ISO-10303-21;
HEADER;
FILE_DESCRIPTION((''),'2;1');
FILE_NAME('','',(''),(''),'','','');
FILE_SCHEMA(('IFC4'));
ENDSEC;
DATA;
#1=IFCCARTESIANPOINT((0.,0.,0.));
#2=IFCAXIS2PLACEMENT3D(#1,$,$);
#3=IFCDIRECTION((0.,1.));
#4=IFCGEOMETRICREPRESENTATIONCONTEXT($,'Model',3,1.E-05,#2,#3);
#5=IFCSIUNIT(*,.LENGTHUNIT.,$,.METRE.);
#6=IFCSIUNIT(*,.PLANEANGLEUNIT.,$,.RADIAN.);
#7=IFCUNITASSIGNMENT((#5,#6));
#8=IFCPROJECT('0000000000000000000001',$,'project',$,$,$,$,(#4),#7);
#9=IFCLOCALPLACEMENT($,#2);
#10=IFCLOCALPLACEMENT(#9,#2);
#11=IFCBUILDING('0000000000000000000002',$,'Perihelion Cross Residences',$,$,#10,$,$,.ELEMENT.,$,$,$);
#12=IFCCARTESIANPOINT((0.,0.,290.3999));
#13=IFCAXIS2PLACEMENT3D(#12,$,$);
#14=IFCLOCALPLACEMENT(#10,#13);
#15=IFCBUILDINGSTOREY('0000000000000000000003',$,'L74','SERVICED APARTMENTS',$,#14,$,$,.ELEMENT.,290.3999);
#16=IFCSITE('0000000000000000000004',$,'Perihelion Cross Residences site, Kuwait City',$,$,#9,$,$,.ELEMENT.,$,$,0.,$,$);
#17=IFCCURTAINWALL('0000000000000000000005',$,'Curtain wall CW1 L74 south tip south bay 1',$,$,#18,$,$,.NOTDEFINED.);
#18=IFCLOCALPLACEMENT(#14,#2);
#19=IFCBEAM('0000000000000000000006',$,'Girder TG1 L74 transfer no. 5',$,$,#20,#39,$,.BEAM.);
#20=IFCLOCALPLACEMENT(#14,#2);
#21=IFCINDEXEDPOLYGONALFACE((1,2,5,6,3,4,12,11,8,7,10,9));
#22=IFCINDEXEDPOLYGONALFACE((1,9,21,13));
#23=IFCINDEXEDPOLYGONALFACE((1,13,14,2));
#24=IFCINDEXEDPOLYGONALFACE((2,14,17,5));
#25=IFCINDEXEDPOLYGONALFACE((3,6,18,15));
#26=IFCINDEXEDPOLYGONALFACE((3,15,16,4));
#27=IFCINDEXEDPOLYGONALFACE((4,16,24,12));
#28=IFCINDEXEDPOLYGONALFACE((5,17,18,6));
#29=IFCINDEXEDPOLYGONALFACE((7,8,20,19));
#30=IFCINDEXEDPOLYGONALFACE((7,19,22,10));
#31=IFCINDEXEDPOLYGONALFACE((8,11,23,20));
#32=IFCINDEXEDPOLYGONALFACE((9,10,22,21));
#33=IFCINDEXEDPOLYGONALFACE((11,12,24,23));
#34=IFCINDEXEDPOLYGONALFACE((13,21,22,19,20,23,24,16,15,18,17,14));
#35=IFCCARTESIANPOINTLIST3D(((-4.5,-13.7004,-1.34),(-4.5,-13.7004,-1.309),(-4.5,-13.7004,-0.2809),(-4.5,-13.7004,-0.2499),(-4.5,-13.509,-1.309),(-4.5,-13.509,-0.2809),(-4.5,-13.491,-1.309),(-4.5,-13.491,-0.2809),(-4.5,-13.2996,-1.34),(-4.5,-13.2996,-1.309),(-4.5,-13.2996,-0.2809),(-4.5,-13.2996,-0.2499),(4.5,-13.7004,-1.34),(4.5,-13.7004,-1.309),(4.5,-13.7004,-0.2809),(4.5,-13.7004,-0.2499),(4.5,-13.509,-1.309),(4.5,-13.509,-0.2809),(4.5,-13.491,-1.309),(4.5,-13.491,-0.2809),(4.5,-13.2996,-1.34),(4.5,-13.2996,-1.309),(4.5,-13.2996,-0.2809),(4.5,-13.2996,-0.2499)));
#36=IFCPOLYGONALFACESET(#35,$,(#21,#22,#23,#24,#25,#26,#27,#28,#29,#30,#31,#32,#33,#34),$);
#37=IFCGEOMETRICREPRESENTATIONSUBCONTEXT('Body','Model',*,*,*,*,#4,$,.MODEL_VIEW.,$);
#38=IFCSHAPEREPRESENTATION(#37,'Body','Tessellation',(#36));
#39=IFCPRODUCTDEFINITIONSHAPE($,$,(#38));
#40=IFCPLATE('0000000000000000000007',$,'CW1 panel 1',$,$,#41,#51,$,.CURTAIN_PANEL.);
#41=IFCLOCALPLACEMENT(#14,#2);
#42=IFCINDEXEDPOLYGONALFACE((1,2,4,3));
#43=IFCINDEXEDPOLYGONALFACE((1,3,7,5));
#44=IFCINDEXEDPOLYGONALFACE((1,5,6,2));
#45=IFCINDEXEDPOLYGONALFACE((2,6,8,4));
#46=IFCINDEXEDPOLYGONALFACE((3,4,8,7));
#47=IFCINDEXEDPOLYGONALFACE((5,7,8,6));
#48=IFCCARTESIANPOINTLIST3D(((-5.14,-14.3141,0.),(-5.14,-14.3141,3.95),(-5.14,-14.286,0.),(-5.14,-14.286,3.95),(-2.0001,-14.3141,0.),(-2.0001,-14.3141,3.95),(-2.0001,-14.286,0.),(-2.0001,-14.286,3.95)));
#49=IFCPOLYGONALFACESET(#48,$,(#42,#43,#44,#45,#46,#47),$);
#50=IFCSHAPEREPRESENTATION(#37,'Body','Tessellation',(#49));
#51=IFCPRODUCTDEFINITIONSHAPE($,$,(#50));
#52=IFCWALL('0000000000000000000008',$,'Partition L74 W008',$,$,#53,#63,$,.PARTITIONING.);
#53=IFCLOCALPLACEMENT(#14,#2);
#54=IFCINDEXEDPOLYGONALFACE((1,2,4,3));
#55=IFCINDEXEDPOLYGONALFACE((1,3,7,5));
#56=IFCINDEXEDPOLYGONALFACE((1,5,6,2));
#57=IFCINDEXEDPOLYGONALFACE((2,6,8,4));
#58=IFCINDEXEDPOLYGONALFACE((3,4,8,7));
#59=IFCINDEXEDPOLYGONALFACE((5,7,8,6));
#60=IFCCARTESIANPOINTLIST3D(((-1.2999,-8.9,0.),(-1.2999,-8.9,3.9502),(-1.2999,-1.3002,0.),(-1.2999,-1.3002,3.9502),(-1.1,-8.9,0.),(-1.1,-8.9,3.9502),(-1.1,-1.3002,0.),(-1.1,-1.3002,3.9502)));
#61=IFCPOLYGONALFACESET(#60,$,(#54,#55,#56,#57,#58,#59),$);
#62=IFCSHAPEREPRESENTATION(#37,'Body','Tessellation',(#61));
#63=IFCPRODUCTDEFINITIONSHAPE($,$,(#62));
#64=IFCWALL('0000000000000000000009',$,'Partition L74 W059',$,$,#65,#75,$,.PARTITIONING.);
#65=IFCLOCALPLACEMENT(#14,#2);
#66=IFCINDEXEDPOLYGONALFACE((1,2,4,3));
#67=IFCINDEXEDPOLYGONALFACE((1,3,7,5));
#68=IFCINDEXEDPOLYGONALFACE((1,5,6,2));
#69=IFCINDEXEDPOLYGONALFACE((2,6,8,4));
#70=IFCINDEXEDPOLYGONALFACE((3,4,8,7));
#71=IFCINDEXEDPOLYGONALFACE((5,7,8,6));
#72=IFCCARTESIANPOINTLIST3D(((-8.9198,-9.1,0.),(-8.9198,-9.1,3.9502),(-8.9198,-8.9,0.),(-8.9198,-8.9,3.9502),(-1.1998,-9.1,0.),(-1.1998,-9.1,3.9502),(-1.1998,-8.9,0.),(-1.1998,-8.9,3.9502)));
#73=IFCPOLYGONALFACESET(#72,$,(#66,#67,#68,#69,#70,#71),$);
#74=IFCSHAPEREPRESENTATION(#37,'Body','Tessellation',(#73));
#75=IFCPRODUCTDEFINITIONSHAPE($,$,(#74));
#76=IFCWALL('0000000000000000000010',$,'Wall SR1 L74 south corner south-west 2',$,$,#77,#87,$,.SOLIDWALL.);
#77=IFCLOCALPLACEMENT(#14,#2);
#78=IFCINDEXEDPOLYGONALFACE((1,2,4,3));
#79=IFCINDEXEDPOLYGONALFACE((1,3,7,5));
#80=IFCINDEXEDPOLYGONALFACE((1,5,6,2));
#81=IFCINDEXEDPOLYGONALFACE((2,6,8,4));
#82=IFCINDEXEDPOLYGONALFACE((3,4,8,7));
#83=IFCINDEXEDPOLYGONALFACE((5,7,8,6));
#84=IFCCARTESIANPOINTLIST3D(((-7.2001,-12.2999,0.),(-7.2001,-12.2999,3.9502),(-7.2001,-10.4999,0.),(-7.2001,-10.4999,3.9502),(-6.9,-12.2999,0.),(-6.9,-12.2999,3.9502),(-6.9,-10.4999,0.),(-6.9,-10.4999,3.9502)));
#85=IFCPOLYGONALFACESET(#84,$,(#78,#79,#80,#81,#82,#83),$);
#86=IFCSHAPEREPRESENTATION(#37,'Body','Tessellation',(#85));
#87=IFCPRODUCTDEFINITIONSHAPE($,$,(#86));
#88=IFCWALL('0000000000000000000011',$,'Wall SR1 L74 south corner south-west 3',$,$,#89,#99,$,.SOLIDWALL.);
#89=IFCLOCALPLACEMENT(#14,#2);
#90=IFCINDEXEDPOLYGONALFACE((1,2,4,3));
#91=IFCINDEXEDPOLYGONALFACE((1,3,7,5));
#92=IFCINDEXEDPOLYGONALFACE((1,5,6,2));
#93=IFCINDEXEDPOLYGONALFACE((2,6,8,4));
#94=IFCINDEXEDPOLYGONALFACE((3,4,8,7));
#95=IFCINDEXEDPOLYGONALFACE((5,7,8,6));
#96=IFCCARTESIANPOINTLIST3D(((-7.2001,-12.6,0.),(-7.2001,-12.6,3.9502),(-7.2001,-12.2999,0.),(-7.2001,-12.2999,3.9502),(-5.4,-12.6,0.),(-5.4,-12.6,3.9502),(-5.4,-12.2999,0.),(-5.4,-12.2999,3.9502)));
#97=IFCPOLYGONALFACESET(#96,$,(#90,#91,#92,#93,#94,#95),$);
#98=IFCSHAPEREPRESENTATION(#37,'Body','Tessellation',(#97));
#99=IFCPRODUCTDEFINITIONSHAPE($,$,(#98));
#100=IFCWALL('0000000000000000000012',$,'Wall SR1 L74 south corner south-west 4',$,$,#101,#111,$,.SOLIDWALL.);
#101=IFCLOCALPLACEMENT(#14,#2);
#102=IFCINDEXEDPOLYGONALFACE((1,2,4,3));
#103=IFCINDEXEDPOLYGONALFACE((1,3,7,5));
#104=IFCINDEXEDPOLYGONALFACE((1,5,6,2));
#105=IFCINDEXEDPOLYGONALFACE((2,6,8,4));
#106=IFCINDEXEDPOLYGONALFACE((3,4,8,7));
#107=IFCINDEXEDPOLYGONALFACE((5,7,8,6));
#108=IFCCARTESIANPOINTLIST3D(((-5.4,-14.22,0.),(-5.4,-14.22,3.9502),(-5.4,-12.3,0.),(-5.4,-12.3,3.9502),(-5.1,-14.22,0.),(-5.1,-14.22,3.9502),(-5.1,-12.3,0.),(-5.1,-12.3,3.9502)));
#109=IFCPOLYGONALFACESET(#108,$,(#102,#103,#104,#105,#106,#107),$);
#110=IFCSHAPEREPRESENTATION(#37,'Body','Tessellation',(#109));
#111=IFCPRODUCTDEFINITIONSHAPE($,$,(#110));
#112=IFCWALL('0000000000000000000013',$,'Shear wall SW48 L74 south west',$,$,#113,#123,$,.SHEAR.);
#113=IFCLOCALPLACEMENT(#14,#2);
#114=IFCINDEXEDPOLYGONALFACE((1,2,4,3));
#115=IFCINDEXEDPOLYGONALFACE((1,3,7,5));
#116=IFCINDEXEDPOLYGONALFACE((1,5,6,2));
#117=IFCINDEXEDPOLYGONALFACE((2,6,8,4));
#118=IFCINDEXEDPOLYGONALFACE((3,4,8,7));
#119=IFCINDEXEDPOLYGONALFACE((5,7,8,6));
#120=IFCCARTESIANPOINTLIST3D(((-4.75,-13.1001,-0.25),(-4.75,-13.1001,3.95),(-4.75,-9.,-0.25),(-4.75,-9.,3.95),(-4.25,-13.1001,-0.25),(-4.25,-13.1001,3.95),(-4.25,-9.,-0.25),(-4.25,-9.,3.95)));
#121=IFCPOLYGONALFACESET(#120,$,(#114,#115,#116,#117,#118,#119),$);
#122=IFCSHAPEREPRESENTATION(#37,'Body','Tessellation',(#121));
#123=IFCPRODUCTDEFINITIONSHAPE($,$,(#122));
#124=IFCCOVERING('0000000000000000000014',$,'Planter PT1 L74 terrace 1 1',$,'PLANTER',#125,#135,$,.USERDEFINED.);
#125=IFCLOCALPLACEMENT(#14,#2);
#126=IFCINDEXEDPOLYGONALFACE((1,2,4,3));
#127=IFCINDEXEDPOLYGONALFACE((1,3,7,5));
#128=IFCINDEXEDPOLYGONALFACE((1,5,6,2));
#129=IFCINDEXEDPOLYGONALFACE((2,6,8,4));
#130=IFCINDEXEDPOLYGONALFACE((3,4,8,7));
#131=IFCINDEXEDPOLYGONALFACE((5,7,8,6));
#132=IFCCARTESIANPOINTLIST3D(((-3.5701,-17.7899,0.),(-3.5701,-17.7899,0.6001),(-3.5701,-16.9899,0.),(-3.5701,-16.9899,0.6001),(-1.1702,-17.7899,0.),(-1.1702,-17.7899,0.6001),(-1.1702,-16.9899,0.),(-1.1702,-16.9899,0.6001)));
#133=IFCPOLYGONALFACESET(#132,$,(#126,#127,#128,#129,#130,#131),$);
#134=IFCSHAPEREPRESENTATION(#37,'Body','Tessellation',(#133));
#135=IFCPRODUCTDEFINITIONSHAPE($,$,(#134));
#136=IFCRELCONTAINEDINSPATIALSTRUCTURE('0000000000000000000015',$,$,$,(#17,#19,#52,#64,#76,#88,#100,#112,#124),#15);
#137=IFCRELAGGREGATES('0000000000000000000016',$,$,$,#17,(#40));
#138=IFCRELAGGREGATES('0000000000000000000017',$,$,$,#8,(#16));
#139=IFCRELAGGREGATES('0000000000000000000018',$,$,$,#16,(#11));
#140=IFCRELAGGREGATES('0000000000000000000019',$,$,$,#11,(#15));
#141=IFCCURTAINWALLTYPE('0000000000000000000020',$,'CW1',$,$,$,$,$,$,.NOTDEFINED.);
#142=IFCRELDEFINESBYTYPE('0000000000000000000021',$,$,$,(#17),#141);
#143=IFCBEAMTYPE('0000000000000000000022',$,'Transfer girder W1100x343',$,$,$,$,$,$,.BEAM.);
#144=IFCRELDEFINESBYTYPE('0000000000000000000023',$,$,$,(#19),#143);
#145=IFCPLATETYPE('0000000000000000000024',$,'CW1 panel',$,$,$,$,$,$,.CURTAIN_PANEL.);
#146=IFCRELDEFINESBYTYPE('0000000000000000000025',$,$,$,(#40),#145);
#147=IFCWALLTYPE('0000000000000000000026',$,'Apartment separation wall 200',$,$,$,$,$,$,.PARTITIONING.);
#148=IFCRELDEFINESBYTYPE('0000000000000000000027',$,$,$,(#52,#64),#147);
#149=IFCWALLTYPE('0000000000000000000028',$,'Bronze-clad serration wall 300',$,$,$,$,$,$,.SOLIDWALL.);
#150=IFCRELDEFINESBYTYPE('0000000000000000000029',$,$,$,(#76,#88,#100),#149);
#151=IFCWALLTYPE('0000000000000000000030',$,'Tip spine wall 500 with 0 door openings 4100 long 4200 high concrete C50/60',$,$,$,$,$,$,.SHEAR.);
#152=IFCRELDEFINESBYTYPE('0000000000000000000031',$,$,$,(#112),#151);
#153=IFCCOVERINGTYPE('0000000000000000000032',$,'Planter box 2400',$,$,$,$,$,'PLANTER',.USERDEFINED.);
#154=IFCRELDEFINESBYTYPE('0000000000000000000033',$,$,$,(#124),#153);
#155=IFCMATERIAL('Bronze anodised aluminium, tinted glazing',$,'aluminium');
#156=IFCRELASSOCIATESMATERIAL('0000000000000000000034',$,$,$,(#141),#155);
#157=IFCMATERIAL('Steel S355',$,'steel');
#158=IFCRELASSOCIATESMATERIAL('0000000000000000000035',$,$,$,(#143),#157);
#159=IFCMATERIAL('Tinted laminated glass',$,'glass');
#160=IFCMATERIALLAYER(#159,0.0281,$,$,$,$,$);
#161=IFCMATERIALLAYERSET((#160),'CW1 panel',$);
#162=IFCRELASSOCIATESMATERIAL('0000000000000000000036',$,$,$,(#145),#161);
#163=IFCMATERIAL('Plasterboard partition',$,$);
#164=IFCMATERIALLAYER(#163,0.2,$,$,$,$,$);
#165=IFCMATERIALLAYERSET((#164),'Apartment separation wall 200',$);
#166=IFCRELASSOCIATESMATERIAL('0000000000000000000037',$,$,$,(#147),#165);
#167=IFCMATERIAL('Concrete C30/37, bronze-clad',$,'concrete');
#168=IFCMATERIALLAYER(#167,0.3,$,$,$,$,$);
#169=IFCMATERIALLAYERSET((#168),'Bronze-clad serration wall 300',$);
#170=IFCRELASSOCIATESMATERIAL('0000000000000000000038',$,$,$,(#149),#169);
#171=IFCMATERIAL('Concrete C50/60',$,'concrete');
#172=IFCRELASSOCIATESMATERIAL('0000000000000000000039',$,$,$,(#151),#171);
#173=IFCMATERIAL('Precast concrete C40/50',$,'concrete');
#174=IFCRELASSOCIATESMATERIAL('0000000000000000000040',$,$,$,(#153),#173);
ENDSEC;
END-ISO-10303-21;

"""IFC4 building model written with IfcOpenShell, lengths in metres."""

from ifc_helpers import new_model, si_unit, direction, frame, frame_2d, origin, origin_2d, place, context, subcontext, project, spatial, polyline, rectangle, i_section, outline, extrude, material, layer, layer_set, material_profile, profile_set, type_object, element, aggregate, save


model = new_model("IFC4")

# Units and contexts
model_context = context("Model", 3, precision=1e-05, world=origin(), true_north=direction((0.0, 1.0)))
body_context = subcontext(model_context, "Body", "Model", "MODEL_VIEW")
ifc_project = project(units=[si_unit("LENGTHUNIT", "METRE"), si_unit("PLANEANGLEUNIT", "RADIAN")], contexts=[model_context])

# Site, building, storey
site_placement = place(None, origin())
site = spatial("IfcSite", under=ifc_project, at=site_placement, Name="Perihelion Cross Residences site, Kuwait City", CompositionType="ELEMENT", RefElevation=0.0)
building_placement = place(site_placement, origin())
building = spatial("IfcBuilding", under=site, at=building_placement, Name="Perihelion Cross Residences", CompositionType="ELEMENT")
storey_placement = place(building_placement, frame((0.0, 0.0, 290.3999)))
storey = spatial("IfcBuildingStorey", under=building, at=storey_placement, Name="L74", Description="SERVICED APARTMENTS", CompositionType="ELEMENT", Elevation=290.3999)

# Curtain wall
ifc_material_1 = material(Name="Bronze anodised aluminium, tinted glazing", Category="aluminium")
curtain_wall_type = type_object("IfcCurtainWallType", Name="CW1", PredefinedType="NOTDEFINED", material=ifc_material_1)
curtain_wall_placement = place(storey_placement, origin())
curtain_wall = element("IfcCurtainWall", 1, at=curtain_wall_placement, inside=storey, type_object=curtain_wall_type, Name="Curtain wall CW1 L74 south tip south bay 1", PredefinedType="NOTDEFINED")

# Beam
ifc_material_2 = material(Name="Steel S355", Category="steel")
ifc_material_profile_1 = material_profile(ifc_material_2, i_section(OverallWidth=0.4009, OverallDepth=1.0901, WebThickness=0.0181, FlangeThickness=0.031, at=origin_2d()), Name="W1100x343")
ifc_profile_set_1 = profile_set([ifc_material_profile_1], Name="Steel S355")
beam_type_1 = type_object("IfcBeamType", Name="Transfer girder W1100x343", PredefinedType="BEAM", material=ifc_profile_set_1)
beam_1_placement = place(storey_placement, frame((-4.5, -13.5, -0.7949), z_axis=(1.0, 0.0, 0.0), x_axis=(0.0, 1.0, 0.0)))
element("IfcBeam", 2, at=beam_1_placement, inside=storey, type_object=beam_type_1, Name="Girder TG1 L74 transfer no. 5", PredefinedType="BEAM", context=body_context, shape_type="SweptSolid", body=[
    extrude(i_section(OverallWidth=0.4009, OverallDepth=1.0901, WebThickness=0.0181, FlangeThickness=0.031, at=origin_2d()), origin(), (0.0, 0.0, 1.0), 9.0),
])

# Plate
ifc_material_3 = material(Name="Tinted laminated glass", Category="glass")
ifc_layer_1 = layer(ifc_material_3, 0.0281)
ifc_layer_set_1 = layer_set([ifc_layer_1], Name="CW1 panel")
plate_type = type_object("IfcPlateType", Name="CW1 panel", PredefinedType="CURTAIN_PANEL", material=ifc_layer_set_1)
plate_placement = place(storey_placement, frame((-3.5701, -14.3, 0.0), z_axis=(0.0, 0.0, 1.0), x_axis=(1.0, 0.0, 0.0)))
plate = element("IfcPlate", 3, at=plate_placement, type_object=plate_type, Name="CW1 panel 1", PredefinedType="CURTAIN_PANEL", context=body_context, shape_type="SweptSolid", body=[
    extrude(rectangle(XDim=3.1399, YDim=0.0281, at=origin_2d()), origin(), (0.0, 0.0, 1.0), 3.95),
])
aggregate(curtain_wall, [plate])

# Walls
ifc_material_4 = material(Name="Plasterboard partition")
ifc_layer_2 = layer(ifc_material_4, 0.2)
ifc_layer_set_2 = layer_set([ifc_layer_2], Name="Apartment separation wall 200")
wall_type_1 = type_object("IfcWallType", Name="Apartment separation wall 200", PredefinedType="PARTITIONING", material=ifc_layer_set_2)
wall_1_placement = place(storey_placement, frame((-1.2, -8.8999, 0.0), z_axis=(0.0, 0.0, 1.0), x_axis=(0.0, 1.0, 0.0)))
element("IfcWall", 4, at=wall_1_placement, inside=storey, type_object=wall_type_1, Name="Partition L74 W008", PredefinedType="PARTITIONING", context=body_context, shape_type="SweptSolid", body=[
    extrude(rectangle(XDim=7.5999, YDim=0.2, at=frame_2d((3.7998, 0.0))), origin(), (0.0, 0.0, 1.0), 3.9502),
])
wall_2_placement = place(storey_placement, frame((-1.2, -9.0, 0.0), z_axis=(0.0, 0.0, 1.0), x_axis=(-1.0, 0.0, 0.0)))
element("IfcWall", 5, at=wall_2_placement, inside=storey, type_object=wall_type_1, Name="Partition L74 W059", PredefinedType="PARTITIONING", context=body_context, shape_type="SweptSolid", body=[
    extrude(rectangle(XDim=7.72, YDim=0.2, at=frame_2d((3.8599, 0.0))), origin(), (0.0, 0.0, 1.0), 3.9502),
])

# Walls
ifc_material_5 = material(Name="Concrete C30/37, bronze-clad", Category="concrete")
ifc_layer_3 = layer(ifc_material_5, 0.3)
ifc_layer_set_3 = layer_set([ifc_layer_3], Name="Bronze-clad serration wall 300")
wall_type_2 = type_object("IfcWallType", Name="Bronze-clad serration wall 300", PredefinedType="SOLIDWALL", material=ifc_layer_set_3)
for number, where, z_axis, x_axis, name in (
    (6, (-7.05, -10.5, 0.0), (0.0, 0.0, 1.0), (0.0, -1.0, 0.0), "Wall SR1 L74 south corner south-west 2"),
    (7, (-7.2, -12.45, 0.0), (0.0, 0.0, 1.0), (1.0, 0.0, 0.0), "Wall SR1 L74 south corner south-west 3"),
):
    element("IfcWall", number, at=place(storey_placement, frame(where, z_axis=z_axis, x_axis=x_axis)), inside=storey, type_object=wall_type_2, Name=name, PredefinedType="SOLIDWALL", context=body_context, shape_type="SweptSolid", body=[
        extrude(rectangle(XDim=1.8, YDim=0.3, at=frame_2d((0.8999, 0.0))), origin(), (0.0, 0.0, 1.0), 3.9502),
    ])
wall_3_placement = place(storey_placement, frame((-5.25, -12.3, 0.0), z_axis=(0.0, 0.0, 1.0), x_axis=(0.0, -1.0, 0.0)))
element("IfcWall", 8, at=wall_3_placement, inside=storey, type_object=wall_type_2, Name="Wall SR1 L74 south corner south-west 4", PredefinedType="SOLIDWALL", context=body_context, shape_type="SweptSolid", body=[
    extrude(rectangle(XDim=1.9199, YDim=0.3, at=frame_2d((0.96, 0.0))), origin(), (0.0, 0.0, 1.0), 3.9502),
])
ifc_material_6 = material(Name="Concrete C50/60", Category="concrete")
ifc_material_profile_2 = material_profile(ifc_material_6, outline(polyline([(0.0, 0.0), (4.1001, 0.0), (4.1001, 4.2), (0.0, 4.2), (0.0, 0.0)])), Name="Tip spine wall")
ifc_profile_set_2 = profile_set([ifc_material_profile_2], Name="Concrete C50/60")
wall_type_3 = type_object("IfcWallType", Name="Tip spine wall 500 with 0 door openings 4100 long 4200 high concrete C50/60", PredefinedType="SHEAR", material=ifc_profile_set_2)
wall_4_placement = place(storey_placement, frame((-4.75, -13.1001, -0.25), z_axis=(1.0, 0.0, 0.0), x_axis=(0.0, 1.0, 0.0)))
element("IfcWall", 9, at=wall_4_placement, inside=storey, type_object=wall_type_3, Name="Shear wall SW48 L74 south west", PredefinedType="SHEAR", context=body_context, shape_type="SweptSolid", body=[
    extrude(outline(polyline([(0.0, 0.0), (4.1001, 0.0), (4.1001, 4.2), (0.0, 4.2), (0.0, 0.0)])), origin(), (0.0, 0.0, 1.0), 0.5),
])

# Covering
ifc_material_7 = material(Name="Precast concrete C40/50", Category="concrete")
covering_type = type_object("IfcCoveringType", Name="Planter box 2400", ElementType="PLANTER", PredefinedType="USERDEFINED", material=ifc_material_7)
covering_placement = place(storey_placement, frame((-2.3701, -17.3899, 0.0), z_axis=(0.0, 0.0, 1.0), x_axis=(-1.0, 0.0, 0.0)))
element("IfcCovering", 10, at=covering_placement, inside=storey, type_object=covering_type, Name="Planter PT1 L74 terrace 1 1", ObjectType="PLANTER", PredefinedType="USERDEFINED", context=body_context, shape_type="SweptSolid", body=[
    extrude(rectangle(XDim=2.3999, YDim=0.8, at=origin_2d()), origin(), (0.0, 0.0, 1.0), 0.6001),
])

save(model, "model.ifc")
